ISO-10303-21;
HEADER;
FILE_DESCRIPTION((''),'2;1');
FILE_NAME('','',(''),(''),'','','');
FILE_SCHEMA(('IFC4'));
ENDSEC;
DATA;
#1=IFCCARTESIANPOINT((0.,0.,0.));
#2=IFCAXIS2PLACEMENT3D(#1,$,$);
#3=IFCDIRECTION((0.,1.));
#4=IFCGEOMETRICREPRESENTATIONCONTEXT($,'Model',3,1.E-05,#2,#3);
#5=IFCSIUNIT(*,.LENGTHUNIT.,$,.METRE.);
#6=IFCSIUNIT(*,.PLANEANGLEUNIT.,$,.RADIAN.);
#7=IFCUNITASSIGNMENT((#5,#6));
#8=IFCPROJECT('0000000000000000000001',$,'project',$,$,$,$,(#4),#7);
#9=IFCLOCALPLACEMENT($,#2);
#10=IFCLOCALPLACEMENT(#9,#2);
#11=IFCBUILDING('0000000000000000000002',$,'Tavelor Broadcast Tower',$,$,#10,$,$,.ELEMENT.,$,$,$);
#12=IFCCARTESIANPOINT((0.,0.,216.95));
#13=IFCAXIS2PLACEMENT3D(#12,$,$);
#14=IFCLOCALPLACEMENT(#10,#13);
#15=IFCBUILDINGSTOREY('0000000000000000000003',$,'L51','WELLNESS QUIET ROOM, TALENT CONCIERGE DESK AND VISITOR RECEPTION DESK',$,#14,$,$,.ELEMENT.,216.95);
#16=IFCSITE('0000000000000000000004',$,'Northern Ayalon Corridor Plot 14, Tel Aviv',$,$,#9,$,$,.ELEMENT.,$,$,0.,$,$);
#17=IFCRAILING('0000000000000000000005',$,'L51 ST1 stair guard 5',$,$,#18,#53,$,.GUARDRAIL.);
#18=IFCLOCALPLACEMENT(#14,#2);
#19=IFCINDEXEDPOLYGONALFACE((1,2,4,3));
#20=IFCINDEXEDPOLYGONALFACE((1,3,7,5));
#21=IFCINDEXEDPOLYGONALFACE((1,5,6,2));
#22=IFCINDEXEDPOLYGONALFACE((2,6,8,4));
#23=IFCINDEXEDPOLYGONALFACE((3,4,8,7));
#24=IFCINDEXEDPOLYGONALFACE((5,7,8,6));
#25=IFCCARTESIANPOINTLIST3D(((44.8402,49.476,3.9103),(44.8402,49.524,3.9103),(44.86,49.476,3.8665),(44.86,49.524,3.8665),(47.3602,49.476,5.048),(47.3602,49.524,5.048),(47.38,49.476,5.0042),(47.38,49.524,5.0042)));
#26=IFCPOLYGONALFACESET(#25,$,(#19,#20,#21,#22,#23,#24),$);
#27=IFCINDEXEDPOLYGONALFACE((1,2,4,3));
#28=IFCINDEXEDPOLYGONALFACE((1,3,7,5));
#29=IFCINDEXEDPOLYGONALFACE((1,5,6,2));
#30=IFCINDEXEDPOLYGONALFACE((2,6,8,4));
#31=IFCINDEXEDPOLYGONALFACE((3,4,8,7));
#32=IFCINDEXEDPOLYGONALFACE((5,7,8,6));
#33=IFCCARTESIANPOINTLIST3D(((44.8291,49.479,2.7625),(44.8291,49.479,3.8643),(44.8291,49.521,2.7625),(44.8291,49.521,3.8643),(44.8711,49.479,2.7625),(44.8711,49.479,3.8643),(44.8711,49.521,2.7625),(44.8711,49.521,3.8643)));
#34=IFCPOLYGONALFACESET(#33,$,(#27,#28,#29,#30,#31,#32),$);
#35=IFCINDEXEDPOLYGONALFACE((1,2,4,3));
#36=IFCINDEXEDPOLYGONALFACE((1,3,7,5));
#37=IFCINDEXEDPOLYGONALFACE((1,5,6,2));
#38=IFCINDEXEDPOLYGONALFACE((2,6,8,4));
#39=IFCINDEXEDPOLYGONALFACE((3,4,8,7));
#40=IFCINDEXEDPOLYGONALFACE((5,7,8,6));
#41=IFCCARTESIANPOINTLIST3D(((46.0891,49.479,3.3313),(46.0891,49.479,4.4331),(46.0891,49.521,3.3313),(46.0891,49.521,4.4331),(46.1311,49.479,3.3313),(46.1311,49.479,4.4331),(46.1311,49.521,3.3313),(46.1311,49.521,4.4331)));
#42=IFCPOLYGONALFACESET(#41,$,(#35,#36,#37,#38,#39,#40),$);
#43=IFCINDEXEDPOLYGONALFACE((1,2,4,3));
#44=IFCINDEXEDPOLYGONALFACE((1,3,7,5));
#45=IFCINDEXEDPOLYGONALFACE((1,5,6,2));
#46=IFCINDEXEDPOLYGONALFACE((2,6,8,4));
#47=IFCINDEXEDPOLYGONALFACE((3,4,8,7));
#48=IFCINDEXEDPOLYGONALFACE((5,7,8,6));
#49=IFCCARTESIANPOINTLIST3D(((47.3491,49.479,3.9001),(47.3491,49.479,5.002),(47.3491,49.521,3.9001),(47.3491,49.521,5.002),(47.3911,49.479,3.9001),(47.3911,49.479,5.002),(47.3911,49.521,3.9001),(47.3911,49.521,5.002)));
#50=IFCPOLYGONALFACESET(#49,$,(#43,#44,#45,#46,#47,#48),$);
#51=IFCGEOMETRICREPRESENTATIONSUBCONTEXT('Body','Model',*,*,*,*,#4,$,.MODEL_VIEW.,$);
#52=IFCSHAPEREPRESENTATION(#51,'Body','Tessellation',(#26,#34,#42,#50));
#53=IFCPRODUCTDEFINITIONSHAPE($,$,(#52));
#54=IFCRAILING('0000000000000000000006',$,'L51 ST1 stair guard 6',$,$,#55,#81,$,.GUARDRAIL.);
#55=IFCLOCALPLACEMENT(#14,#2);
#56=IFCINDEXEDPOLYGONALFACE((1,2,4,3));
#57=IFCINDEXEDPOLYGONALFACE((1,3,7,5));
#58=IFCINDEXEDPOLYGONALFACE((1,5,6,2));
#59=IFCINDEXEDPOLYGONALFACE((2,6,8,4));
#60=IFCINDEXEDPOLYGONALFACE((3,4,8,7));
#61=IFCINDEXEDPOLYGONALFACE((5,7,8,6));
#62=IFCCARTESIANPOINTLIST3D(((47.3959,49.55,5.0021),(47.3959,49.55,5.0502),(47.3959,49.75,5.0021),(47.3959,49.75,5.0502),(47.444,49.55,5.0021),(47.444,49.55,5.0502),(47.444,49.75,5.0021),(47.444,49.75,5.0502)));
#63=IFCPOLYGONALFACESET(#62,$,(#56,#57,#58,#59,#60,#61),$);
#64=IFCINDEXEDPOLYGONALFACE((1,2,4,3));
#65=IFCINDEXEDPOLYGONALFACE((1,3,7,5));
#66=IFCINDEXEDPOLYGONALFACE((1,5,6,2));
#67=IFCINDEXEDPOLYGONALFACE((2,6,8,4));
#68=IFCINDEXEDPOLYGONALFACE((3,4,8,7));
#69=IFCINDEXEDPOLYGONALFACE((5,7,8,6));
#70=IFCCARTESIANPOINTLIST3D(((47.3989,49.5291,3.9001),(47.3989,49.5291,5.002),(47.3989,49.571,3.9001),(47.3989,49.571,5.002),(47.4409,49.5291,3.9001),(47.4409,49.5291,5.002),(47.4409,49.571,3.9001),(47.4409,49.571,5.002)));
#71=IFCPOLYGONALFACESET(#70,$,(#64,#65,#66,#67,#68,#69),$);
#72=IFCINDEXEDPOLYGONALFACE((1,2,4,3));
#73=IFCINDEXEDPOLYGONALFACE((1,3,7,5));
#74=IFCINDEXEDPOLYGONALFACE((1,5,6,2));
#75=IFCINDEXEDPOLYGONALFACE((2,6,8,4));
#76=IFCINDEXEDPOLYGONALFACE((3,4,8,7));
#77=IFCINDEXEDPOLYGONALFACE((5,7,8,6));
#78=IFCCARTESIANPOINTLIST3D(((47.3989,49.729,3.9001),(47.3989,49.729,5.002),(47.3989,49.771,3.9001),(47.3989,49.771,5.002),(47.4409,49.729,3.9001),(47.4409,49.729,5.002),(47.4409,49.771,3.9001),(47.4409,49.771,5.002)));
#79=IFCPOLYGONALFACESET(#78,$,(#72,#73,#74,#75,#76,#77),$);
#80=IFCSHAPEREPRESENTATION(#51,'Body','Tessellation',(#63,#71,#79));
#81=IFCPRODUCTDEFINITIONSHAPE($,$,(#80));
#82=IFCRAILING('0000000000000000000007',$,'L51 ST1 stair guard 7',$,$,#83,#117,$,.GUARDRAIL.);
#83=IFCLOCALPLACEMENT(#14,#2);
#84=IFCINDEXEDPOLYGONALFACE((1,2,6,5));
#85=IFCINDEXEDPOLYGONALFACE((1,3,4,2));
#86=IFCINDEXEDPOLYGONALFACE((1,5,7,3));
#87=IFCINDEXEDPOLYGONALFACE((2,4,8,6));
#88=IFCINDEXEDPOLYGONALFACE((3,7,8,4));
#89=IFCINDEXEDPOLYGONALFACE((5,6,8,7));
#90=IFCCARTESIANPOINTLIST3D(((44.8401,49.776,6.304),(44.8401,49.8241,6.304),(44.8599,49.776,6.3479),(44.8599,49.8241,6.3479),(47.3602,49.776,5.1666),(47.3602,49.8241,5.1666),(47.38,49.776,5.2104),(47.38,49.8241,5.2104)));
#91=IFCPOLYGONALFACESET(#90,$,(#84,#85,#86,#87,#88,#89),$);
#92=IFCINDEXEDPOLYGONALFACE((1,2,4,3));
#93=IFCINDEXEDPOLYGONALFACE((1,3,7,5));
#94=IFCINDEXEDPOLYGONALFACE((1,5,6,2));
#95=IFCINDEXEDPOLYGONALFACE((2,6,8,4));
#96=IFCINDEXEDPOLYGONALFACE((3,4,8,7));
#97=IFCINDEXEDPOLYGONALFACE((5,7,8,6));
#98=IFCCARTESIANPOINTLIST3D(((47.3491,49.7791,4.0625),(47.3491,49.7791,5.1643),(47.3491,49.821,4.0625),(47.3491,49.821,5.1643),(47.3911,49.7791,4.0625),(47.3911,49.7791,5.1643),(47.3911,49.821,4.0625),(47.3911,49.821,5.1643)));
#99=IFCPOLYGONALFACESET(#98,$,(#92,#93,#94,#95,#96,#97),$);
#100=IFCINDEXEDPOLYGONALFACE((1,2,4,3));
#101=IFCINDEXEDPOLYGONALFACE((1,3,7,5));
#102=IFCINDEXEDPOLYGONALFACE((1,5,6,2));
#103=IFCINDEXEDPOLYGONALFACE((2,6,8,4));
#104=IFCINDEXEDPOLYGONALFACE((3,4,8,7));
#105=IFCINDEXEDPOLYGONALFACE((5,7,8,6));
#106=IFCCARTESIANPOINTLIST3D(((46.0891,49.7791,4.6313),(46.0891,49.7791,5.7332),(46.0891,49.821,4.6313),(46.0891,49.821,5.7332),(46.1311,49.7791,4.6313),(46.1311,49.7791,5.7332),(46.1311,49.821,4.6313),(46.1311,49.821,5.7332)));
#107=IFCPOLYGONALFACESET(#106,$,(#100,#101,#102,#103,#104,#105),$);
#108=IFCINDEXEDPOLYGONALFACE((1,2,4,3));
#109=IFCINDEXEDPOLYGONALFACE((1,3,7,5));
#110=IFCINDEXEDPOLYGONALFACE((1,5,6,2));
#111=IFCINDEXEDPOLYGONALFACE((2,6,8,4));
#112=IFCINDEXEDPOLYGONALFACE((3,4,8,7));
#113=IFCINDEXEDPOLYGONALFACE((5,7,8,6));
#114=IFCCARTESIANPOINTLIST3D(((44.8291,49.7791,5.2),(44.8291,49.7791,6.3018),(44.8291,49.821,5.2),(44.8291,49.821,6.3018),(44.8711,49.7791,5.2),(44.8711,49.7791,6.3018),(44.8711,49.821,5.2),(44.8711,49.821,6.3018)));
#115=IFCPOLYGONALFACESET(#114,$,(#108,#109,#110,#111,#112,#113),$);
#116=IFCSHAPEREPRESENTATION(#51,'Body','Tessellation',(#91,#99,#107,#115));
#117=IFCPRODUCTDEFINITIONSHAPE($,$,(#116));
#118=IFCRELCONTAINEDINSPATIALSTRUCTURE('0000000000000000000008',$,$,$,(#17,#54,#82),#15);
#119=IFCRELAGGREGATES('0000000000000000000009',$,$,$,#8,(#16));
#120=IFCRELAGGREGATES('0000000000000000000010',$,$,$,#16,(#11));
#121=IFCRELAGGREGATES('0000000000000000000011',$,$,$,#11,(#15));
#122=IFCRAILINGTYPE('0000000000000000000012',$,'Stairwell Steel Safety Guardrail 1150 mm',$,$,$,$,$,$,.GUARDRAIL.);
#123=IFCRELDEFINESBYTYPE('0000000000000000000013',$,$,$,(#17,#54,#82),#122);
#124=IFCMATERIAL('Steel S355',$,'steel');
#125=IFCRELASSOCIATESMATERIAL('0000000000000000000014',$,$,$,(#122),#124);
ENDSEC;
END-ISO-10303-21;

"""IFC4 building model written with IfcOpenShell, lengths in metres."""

from ifc_helpers import new_model, si_unit, direction, frame, origin, origin_2d, place, context, subcontext, project, spatial, rectangle, extrude, material, type_object, element, save


model = new_model("IFC4")

# Units and contexts
model_context = context("Model", 3, precision=1e-05, world=origin(), true_north=direction((0.0, 1.0)))
body_context = subcontext(model_context, "Body", "Model", "MODEL_VIEW")
ifc_project = project(units=[si_unit("LENGTHUNIT", "METRE"), si_unit("PLANEANGLEUNIT", "RADIAN")], contexts=[model_context])

# Site, building, storey
site_placement = place(None, origin())
site = spatial("IfcSite", under=ifc_project, at=site_placement, Name="Northern Ayalon Corridor Plot 14, Tel Aviv", CompositionType="ELEMENT", RefElevation=0.0)
building_placement = place(site_placement, origin())
building = spatial("IfcBuilding", under=site, at=building_placement, Name="Tavelor Broadcast Tower", CompositionType="ELEMENT")
storey_placement = place(building_placement, frame((0.0, 0.0, 216.95)))
storey = spatial("IfcBuildingStorey", under=building, at=storey_placement, Name="L51", Description="WELLNESS QUIET ROOM, TALENT CONCIERGE DESK AND VISITOR RECEPTION DESK", CompositionType="ELEMENT", Elevation=216.95)

# Shared definitions
ifc_material_1 = material(Name="Steel S355", Category="steel")

# Railings
railing_type_1 = type_object("IfcRailingType", Name="Stairwell Steel Safety Guardrail 1150 mm", PredefinedType="GUARDRAIL", material=ifc_material_1)
railing_1_placement = place(storey_placement, frame((44.8501, 49.5, 2.7625)))
element("IfcRailing", 1, at=railing_1_placement, inside=storey, type_object=railing_type_1, Name="L51 ST1 stair guard 5", PredefinedType="GUARDRAIL", context=body_context, shape_type="SweptSolid", body=[
    extrude(rectangle(XDim=0.0481, YDim=0.0481, at=origin_2d()), frame((0.0, 0.0, 1.126), z_axis=(0.911422, 0.0, 0.411473), x_axis=(0.0, 1.0, 0.0)), (0.0, 0.0, 1.0), 2.7649),
    extrude(rectangle(XDim=0.042, YDim=0.042, at=origin_2d()), origin(), (0.0, 0.0, 1.0), 1.1018),
    extrude(rectangle(XDim=0.042, YDim=0.042, at=origin_2d()), frame((1.26, 0.0, 0.5688)), (0.0, 0.0, 1.0), 1.1018),
    extrude(rectangle(XDim=0.042, YDim=0.042, at=origin_2d()), frame((2.52, 0.0, 1.1377)), (0.0, 0.0, 1.0), 1.1018),
])
railing_2_placement = place(storey_placement, frame((47.4199, 49.55, 3.9001)))
element("IfcRailing", 2, at=railing_2_placement, inside=storey, type_object=railing_type_1, Name="L51 ST1 stair guard 6", PredefinedType="GUARDRAIL", context=body_context, shape_type="SweptSolid", body=[
    extrude(rectangle(XDim=0.0481, YDim=0.0481, at=origin_2d()), frame((0.0, 0.0, 1.126), z_axis=(0.0, 1.0, 0.0), x_axis=(-1.0, 0.0, 0.0)), (0.0, 0.0, 1.0), 0.2),
    extrude(rectangle(XDim=0.042, YDim=0.042, at=origin_2d()), origin(), (0.0, 0.0, 1.0), 1.1018),
    extrude(rectangle(XDim=0.042, YDim=0.042, at=origin_2d()), frame((0.0, 0.2, 0.0)), (0.0, 0.0, 1.0), 1.1018),
])
railing_3_placement = place(storey_placement, frame((47.3701, 49.8, 4.0625)))
element("IfcRailing", 3, at=railing_3_placement, inside=storey, type_object=railing_type_1, Name="L51 ST1 stair guard 7", PredefinedType="GUARDRAIL", context=body_context, shape_type="SweptSolid", body=[
    extrude(rectangle(XDim=0.0481, YDim=0.0481, at=origin_2d()), frame((0.0, 0.0, 1.126), z_axis=(-0.911455, 0.0, 0.4114), x_axis=(0.0, -1.0, 0.0)), (0.0, 0.0, 1.0), 2.7649),
    extrude(rectangle(XDim=0.042, YDim=0.042, at=origin_2d()), origin(), (0.0, 0.0, 1.0), 1.1018),
    extrude(rectangle(XDim=0.042, YDim=0.042, at=origin_2d()), frame((-1.26, 0.0, 0.5688)), (0.0, 0.0, 1.0), 1.1018),
    extrude(rectangle(XDim=0.042, YDim=0.042, at=origin_2d()), frame((-2.52, 0.0, 1.1375)), (0.0, 0.0, 1.0), 1.1018),
])

save(model, "model.ifc")
